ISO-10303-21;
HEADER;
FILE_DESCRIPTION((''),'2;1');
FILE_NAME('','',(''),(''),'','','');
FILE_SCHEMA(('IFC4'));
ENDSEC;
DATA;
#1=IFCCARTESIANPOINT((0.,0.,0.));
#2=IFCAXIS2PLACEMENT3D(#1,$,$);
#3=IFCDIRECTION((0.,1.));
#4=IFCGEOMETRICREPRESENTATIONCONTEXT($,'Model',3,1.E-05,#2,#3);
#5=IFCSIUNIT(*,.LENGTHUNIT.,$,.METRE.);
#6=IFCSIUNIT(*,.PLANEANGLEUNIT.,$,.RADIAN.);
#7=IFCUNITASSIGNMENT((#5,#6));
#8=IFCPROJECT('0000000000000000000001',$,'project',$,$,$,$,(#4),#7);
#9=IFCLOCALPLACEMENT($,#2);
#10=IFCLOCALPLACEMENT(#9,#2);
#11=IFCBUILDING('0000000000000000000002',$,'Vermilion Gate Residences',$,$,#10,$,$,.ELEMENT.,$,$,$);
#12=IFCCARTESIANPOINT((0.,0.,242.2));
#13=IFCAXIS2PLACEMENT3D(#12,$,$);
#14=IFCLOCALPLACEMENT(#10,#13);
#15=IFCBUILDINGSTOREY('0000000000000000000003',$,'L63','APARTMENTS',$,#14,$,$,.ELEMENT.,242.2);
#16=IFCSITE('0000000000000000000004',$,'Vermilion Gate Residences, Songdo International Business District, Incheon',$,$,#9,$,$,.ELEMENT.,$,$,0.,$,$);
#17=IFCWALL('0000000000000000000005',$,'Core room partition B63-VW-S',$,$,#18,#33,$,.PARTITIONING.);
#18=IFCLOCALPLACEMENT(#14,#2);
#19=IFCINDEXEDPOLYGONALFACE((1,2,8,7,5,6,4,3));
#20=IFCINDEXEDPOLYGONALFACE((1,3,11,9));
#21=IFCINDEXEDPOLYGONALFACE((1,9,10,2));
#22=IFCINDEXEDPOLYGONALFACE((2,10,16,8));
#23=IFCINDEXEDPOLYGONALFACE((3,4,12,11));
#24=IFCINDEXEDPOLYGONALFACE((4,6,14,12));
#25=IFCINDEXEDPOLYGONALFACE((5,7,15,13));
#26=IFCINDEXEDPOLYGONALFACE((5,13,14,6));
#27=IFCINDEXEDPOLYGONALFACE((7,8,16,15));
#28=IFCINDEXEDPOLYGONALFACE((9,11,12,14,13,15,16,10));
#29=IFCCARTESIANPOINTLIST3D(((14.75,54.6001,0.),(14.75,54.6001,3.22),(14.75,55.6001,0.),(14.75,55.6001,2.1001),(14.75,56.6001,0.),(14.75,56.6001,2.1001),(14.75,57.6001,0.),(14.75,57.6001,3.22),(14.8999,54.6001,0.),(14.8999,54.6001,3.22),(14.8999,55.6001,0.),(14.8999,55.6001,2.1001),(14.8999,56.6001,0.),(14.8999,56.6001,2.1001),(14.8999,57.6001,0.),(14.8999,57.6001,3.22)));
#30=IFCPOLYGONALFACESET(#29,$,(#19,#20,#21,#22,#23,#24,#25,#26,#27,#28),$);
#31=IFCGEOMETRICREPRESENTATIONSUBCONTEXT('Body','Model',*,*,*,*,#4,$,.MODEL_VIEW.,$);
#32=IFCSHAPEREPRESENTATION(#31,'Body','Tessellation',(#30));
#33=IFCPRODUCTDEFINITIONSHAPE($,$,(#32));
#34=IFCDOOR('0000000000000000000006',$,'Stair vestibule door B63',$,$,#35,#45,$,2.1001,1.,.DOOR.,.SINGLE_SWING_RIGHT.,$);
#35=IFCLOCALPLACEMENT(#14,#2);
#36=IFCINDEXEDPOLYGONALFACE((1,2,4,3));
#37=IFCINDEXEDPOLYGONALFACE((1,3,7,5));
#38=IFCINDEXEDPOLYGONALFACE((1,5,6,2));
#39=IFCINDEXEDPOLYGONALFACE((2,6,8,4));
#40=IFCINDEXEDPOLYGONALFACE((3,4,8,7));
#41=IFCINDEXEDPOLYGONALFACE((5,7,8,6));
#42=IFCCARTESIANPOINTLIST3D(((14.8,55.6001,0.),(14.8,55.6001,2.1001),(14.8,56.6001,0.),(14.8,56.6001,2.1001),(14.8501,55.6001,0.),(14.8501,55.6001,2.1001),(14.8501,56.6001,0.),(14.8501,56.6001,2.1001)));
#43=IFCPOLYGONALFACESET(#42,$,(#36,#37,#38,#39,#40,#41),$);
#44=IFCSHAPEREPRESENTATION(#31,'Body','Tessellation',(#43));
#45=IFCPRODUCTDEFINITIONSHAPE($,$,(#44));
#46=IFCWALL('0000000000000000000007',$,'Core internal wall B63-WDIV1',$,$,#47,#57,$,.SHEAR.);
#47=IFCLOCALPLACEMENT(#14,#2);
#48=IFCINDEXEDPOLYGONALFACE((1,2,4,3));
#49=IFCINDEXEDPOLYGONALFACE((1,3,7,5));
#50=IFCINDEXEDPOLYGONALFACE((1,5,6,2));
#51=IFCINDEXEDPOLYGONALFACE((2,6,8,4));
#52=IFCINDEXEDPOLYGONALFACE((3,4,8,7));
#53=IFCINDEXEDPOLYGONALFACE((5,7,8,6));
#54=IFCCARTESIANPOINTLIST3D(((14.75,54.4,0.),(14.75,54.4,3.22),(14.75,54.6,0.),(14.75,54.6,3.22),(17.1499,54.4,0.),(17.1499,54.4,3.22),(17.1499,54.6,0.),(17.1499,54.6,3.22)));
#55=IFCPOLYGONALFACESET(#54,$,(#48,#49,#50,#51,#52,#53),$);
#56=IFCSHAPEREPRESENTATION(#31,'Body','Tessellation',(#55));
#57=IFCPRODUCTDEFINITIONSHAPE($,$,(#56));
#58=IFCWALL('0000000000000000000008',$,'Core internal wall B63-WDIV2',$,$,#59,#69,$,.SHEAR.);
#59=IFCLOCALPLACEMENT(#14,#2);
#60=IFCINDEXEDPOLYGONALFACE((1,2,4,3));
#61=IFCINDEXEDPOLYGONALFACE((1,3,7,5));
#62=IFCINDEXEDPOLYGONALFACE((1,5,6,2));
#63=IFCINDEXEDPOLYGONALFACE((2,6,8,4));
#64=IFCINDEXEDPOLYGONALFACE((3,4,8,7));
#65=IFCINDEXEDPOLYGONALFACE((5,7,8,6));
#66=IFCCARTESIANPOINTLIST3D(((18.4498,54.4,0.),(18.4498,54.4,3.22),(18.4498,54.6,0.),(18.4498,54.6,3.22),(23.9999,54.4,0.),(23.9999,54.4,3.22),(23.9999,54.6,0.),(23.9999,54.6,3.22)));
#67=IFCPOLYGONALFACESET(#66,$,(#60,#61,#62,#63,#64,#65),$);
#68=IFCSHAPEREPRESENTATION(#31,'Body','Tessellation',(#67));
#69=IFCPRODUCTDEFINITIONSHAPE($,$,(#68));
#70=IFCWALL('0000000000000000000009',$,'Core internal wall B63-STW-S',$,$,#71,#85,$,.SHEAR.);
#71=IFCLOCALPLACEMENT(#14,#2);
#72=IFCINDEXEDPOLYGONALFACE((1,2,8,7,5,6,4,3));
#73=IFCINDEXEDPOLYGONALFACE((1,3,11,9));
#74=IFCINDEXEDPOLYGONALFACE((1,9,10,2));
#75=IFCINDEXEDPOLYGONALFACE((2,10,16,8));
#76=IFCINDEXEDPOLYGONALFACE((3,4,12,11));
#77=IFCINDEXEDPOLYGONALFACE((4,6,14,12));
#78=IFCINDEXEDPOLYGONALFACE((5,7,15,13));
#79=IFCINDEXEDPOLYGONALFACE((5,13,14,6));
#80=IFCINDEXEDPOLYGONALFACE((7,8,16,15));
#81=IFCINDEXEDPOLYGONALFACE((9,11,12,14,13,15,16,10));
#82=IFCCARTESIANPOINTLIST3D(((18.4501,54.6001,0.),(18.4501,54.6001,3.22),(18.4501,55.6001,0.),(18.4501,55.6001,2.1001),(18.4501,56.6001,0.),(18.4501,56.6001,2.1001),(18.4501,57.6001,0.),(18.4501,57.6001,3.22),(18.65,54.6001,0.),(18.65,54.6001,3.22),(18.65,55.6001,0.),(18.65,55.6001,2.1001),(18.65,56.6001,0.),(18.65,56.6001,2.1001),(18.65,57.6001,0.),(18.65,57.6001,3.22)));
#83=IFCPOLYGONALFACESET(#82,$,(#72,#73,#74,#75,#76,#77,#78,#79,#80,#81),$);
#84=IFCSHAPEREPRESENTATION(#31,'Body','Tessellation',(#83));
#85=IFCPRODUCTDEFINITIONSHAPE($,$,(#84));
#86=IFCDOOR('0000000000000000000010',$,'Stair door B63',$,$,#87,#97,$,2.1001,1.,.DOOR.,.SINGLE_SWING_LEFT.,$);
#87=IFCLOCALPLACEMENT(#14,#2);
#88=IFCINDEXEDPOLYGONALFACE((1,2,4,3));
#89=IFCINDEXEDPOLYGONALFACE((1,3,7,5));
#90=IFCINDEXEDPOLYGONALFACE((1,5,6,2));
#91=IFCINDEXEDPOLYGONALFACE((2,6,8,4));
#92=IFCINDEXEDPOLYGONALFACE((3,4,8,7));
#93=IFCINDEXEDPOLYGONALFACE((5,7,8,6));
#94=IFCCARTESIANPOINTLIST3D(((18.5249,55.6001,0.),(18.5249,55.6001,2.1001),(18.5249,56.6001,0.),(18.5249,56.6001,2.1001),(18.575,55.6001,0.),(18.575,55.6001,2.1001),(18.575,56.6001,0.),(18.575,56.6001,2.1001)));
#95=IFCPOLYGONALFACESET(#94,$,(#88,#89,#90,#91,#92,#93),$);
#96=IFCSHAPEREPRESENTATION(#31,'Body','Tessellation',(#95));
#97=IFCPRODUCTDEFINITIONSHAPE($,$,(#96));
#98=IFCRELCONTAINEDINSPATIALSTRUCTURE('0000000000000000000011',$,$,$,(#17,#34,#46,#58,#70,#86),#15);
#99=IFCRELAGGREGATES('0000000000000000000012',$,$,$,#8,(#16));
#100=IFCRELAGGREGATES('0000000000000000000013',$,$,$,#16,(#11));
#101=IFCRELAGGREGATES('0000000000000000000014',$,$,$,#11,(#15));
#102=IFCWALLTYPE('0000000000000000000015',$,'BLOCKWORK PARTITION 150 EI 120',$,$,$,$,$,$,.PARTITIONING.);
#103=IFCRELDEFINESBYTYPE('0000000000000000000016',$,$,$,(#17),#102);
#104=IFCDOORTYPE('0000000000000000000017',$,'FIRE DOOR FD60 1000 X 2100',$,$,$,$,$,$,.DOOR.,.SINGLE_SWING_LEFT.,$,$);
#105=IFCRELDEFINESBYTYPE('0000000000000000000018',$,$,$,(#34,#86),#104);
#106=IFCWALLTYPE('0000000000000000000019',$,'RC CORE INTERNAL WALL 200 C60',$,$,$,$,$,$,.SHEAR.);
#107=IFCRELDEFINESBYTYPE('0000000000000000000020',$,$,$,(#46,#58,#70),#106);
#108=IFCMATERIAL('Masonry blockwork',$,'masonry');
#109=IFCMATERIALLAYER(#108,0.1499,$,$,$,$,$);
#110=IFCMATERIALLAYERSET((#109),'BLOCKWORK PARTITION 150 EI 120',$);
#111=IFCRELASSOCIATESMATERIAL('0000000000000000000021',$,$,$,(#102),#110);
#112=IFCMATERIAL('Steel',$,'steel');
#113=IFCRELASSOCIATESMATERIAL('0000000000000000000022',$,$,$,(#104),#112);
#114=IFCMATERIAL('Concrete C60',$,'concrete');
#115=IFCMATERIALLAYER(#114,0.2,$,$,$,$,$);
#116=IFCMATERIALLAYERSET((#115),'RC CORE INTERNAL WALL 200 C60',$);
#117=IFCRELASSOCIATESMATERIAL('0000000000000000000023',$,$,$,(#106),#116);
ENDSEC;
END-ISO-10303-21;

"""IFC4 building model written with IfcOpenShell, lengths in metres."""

from ifc_helpers import new_model, si_unit, direction, frame, frame_2d, origin, place, context, subcontext, project, spatial, rectangle, extrude, material, layer, layer_set, type_object, element, fill, save


model = new_model("IFC4")

# Units and contexts
model_context = context("Model", 3, precision=1e-05, world=origin(), true_north=direction((0.0, 1.0)))
body_context = subcontext(model_context, "Body", "Model", "MODEL_VIEW")
ifc_project = project(units=[si_unit("LENGTHUNIT", "METRE"), si_unit("PLANEANGLEUNIT", "RADIAN")], contexts=[model_context])

# Site, building, storey
site_placement = place(None, origin())
site = spatial("IfcSite", under=ifc_project, at=site_placement, Name="Vermilion Gate Residences, Songdo International Business District, Incheon", CompositionType="ELEMENT", RefElevation=0.0)
building_placement = place(site_placement, origin())
building = spatial("IfcBuilding", under=site, at=building_placement, Name="Vermilion Gate Residences", CompositionType="ELEMENT")
storey_placement = place(building_placement, frame((0.0, 0.0, 242.2)))
storey = spatial("IfcBuildingStorey", under=building, at=storey_placement, Name="L63", Description="APARTMENTS", CompositionType="ELEMENT", Elevation=242.2)

# Wall, opening, door
ifc_material_1 = material(Name="Masonry blockwork", Category="masonry")
ifc_layer_1 = layer(ifc_material_1, 0.1499)
ifc_layer_set_1 = layer_set([ifc_layer_1], Name="BLOCKWORK PARTITION 150 EI 120")
wall_type_1 = type_object("IfcWallType", Name="BLOCKWORK PARTITION 150 EI 120", PredefinedType="PARTITIONING", material=ifc_layer_set_1)
wall_1_placement = place(storey_placement, frame((14.825, 57.6001, 0.0), z_axis=(0.0, 0.0, 1.0), x_axis=(0.0, -1.0, 0.0)))
wall_1 = element("IfcWall", 1, at=wall_1_placement, inside=storey, type_object=wall_type_1, Name="Core room partition B63-VW-S", PredefinedType="PARTITIONING", context=body_context, shape_type="SweptSolid", body=[
    extrude(rectangle(XDim=3.0, YDim=0.1499, at=frame_2d((1.5, 0.0))), origin(), (0.0, 0.0, 1.0), 3.22),
])
opening_1_placement = place(wall_1_placement, frame((1.0, 0.0, 0.0)))
opening_1 = element("IfcOpeningElement", 2, at=opening_1_placement, cuts=wall_1, PredefinedType="OPENING", context=body_context, shape_type="SweptSolid", body=[
    extrude(rectangle(XDim=1.0, YDim=2.1001, at=frame_2d((0.5, 1.05))), frame((0.0, 0.085, 0.0), z_axis=(0.0, -1.0, 0.0), x_axis=(1.0, 0.0, 0.0)), (0.0, 0.0, 1.0), 0.1699),
])
ifc_material_2 = material(Name="Steel", Category="steel")
door_type = type_object("IfcDoorType", Name="FIRE DOOR FD60 1000 X 2100", OperationType="SINGLE_SWING_LEFT", PredefinedType="DOOR", material=ifc_material_2)
door_1_placement = place(opening_1_placement, frame((1.0, 0.0, 0.0), z_axis=(0.0, 0.0, 1.0), x_axis=(-1.0, 0.0, 0.0)))
door_1 = element("IfcDoor", 3, at=door_1_placement, inside=storey, type_object=door_type, Name="Stair vestibule door B63", OperationType="SINGLE_SWING_RIGHT", OverallHeight=2.1001, OverallWidth=1.0, PredefinedType="DOOR", context=body_context, shape_type="SweptSolid", body=[
    extrude(rectangle(XDim=1.0, YDim=2.1001, at=frame_2d((0.5, 1.05))), frame((0.0, 0.0249, 0.0), z_axis=(0.0, -1.0, 0.0), x_axis=(1.0, 0.0, 0.0)), (0.0, 0.0, 1.0), 0.05),
])
fill(opening_1, door_1)

# Walls
ifc_material_3 = material(Name="Concrete C60", Category="concrete")
ifc_layer_2 = layer(ifc_material_3, 0.2)
ifc_layer_set_2 = layer_set([ifc_layer_2], Name="RC CORE INTERNAL WALL 200 C60")
wall_type_2 = type_object("IfcWallType", Name="RC CORE INTERNAL WALL 200 C60", PredefinedType="SHEAR", material=ifc_layer_set_2)
wall_2_placement = place(storey_placement, frame((14.75, 54.5, 0.0), z_axis=(0.0, 0.0, 1.0), x_axis=(1.0, 0.0, 0.0)))
element("IfcWall", 4, at=wall_2_placement, inside=storey, type_object=wall_type_2, Name="Core internal wall B63-WDIV1", PredefinedType="SHEAR", context=body_context, shape_type="SweptSolid", body=[
    extrude(rectangle(XDim=2.3999, YDim=0.2, at=frame_2d((1.2, 0.0))), origin(), (0.0, 0.0, 1.0), 3.22),
])
wall_3_placement = place(storey_placement, frame((18.45, 54.5, 0.0), z_axis=(0.0, 0.0, 1.0), x_axis=(1.0, 0.0, 0.0)))
element("IfcWall", 5, at=wall_3_placement, inside=storey, type_object=wall_type_2, Name="Core internal wall B63-WDIV2", PredefinedType="SHEAR", context=body_context, shape_type="SweptSolid", body=[
    extrude(rectangle(XDim=5.55, YDim=0.2, at=frame_2d((2.7749, 0.0))), origin(), (0.0, 0.0, 1.0), 3.22),
])

# Wall, opening, door
wall_4_placement = place(storey_placement, frame((18.55, 57.6001, 0.0), z_axis=(0.0, 0.0, 1.0), x_axis=(0.0, -1.0, 0.0)))
wall_4 = element("IfcWall", 6, at=wall_4_placement, inside=storey, type_object=wall_type_2, Name="Core internal wall B63-STW-S", PredefinedType="SHEAR", context=body_context, shape_type="SweptSolid", body=[
    extrude(rectangle(XDim=3.0, YDim=0.2, at=frame_2d((1.5, 0.0))), origin(), (0.0, 0.0, 1.0), 3.22),
])
opening_2_placement = place(wall_4_placement, frame((1.0, 0.0, 0.0)))
opening_2 = element("IfcOpeningElement", 7, at=opening_2_placement, cuts=wall_4, PredefinedType="OPENING", context=body_context, shape_type="SweptSolid", body=[
    extrude(rectangle(XDim=1.0, YDim=2.1001, at=frame_2d((0.5, 1.05))), frame((0.0, 0.1099, 0.0), z_axis=(0.0, -1.0, 0.0), x_axis=(1.0, 0.0, 0.0)), (0.0, 0.0, 1.0), 0.22),
])
door_2_placement = place(opening_2_placement, origin())
door_2 = element("IfcDoor", 8, at=door_2_placement, inside=storey, type_object=door_type, Name="Stair door B63", OperationType="SINGLE_SWING_LEFT", OverallHeight=2.1001, OverallWidth=1.0, PredefinedType="DOOR", context=body_context, shape_type="SweptSolid", body=[
    extrude(rectangle(XDim=1.0, YDim=2.1001, at=frame_2d((0.5, 1.05))), frame((0.0, 0.0249, 0.0), z_axis=(0.0, -1.0, 0.0), x_axis=(1.0, 0.0, 0.0)), (0.0, 0.0, 1.0), 0.05),
])
fill(opening_2, door_2)

save(model, "model.ifc")
